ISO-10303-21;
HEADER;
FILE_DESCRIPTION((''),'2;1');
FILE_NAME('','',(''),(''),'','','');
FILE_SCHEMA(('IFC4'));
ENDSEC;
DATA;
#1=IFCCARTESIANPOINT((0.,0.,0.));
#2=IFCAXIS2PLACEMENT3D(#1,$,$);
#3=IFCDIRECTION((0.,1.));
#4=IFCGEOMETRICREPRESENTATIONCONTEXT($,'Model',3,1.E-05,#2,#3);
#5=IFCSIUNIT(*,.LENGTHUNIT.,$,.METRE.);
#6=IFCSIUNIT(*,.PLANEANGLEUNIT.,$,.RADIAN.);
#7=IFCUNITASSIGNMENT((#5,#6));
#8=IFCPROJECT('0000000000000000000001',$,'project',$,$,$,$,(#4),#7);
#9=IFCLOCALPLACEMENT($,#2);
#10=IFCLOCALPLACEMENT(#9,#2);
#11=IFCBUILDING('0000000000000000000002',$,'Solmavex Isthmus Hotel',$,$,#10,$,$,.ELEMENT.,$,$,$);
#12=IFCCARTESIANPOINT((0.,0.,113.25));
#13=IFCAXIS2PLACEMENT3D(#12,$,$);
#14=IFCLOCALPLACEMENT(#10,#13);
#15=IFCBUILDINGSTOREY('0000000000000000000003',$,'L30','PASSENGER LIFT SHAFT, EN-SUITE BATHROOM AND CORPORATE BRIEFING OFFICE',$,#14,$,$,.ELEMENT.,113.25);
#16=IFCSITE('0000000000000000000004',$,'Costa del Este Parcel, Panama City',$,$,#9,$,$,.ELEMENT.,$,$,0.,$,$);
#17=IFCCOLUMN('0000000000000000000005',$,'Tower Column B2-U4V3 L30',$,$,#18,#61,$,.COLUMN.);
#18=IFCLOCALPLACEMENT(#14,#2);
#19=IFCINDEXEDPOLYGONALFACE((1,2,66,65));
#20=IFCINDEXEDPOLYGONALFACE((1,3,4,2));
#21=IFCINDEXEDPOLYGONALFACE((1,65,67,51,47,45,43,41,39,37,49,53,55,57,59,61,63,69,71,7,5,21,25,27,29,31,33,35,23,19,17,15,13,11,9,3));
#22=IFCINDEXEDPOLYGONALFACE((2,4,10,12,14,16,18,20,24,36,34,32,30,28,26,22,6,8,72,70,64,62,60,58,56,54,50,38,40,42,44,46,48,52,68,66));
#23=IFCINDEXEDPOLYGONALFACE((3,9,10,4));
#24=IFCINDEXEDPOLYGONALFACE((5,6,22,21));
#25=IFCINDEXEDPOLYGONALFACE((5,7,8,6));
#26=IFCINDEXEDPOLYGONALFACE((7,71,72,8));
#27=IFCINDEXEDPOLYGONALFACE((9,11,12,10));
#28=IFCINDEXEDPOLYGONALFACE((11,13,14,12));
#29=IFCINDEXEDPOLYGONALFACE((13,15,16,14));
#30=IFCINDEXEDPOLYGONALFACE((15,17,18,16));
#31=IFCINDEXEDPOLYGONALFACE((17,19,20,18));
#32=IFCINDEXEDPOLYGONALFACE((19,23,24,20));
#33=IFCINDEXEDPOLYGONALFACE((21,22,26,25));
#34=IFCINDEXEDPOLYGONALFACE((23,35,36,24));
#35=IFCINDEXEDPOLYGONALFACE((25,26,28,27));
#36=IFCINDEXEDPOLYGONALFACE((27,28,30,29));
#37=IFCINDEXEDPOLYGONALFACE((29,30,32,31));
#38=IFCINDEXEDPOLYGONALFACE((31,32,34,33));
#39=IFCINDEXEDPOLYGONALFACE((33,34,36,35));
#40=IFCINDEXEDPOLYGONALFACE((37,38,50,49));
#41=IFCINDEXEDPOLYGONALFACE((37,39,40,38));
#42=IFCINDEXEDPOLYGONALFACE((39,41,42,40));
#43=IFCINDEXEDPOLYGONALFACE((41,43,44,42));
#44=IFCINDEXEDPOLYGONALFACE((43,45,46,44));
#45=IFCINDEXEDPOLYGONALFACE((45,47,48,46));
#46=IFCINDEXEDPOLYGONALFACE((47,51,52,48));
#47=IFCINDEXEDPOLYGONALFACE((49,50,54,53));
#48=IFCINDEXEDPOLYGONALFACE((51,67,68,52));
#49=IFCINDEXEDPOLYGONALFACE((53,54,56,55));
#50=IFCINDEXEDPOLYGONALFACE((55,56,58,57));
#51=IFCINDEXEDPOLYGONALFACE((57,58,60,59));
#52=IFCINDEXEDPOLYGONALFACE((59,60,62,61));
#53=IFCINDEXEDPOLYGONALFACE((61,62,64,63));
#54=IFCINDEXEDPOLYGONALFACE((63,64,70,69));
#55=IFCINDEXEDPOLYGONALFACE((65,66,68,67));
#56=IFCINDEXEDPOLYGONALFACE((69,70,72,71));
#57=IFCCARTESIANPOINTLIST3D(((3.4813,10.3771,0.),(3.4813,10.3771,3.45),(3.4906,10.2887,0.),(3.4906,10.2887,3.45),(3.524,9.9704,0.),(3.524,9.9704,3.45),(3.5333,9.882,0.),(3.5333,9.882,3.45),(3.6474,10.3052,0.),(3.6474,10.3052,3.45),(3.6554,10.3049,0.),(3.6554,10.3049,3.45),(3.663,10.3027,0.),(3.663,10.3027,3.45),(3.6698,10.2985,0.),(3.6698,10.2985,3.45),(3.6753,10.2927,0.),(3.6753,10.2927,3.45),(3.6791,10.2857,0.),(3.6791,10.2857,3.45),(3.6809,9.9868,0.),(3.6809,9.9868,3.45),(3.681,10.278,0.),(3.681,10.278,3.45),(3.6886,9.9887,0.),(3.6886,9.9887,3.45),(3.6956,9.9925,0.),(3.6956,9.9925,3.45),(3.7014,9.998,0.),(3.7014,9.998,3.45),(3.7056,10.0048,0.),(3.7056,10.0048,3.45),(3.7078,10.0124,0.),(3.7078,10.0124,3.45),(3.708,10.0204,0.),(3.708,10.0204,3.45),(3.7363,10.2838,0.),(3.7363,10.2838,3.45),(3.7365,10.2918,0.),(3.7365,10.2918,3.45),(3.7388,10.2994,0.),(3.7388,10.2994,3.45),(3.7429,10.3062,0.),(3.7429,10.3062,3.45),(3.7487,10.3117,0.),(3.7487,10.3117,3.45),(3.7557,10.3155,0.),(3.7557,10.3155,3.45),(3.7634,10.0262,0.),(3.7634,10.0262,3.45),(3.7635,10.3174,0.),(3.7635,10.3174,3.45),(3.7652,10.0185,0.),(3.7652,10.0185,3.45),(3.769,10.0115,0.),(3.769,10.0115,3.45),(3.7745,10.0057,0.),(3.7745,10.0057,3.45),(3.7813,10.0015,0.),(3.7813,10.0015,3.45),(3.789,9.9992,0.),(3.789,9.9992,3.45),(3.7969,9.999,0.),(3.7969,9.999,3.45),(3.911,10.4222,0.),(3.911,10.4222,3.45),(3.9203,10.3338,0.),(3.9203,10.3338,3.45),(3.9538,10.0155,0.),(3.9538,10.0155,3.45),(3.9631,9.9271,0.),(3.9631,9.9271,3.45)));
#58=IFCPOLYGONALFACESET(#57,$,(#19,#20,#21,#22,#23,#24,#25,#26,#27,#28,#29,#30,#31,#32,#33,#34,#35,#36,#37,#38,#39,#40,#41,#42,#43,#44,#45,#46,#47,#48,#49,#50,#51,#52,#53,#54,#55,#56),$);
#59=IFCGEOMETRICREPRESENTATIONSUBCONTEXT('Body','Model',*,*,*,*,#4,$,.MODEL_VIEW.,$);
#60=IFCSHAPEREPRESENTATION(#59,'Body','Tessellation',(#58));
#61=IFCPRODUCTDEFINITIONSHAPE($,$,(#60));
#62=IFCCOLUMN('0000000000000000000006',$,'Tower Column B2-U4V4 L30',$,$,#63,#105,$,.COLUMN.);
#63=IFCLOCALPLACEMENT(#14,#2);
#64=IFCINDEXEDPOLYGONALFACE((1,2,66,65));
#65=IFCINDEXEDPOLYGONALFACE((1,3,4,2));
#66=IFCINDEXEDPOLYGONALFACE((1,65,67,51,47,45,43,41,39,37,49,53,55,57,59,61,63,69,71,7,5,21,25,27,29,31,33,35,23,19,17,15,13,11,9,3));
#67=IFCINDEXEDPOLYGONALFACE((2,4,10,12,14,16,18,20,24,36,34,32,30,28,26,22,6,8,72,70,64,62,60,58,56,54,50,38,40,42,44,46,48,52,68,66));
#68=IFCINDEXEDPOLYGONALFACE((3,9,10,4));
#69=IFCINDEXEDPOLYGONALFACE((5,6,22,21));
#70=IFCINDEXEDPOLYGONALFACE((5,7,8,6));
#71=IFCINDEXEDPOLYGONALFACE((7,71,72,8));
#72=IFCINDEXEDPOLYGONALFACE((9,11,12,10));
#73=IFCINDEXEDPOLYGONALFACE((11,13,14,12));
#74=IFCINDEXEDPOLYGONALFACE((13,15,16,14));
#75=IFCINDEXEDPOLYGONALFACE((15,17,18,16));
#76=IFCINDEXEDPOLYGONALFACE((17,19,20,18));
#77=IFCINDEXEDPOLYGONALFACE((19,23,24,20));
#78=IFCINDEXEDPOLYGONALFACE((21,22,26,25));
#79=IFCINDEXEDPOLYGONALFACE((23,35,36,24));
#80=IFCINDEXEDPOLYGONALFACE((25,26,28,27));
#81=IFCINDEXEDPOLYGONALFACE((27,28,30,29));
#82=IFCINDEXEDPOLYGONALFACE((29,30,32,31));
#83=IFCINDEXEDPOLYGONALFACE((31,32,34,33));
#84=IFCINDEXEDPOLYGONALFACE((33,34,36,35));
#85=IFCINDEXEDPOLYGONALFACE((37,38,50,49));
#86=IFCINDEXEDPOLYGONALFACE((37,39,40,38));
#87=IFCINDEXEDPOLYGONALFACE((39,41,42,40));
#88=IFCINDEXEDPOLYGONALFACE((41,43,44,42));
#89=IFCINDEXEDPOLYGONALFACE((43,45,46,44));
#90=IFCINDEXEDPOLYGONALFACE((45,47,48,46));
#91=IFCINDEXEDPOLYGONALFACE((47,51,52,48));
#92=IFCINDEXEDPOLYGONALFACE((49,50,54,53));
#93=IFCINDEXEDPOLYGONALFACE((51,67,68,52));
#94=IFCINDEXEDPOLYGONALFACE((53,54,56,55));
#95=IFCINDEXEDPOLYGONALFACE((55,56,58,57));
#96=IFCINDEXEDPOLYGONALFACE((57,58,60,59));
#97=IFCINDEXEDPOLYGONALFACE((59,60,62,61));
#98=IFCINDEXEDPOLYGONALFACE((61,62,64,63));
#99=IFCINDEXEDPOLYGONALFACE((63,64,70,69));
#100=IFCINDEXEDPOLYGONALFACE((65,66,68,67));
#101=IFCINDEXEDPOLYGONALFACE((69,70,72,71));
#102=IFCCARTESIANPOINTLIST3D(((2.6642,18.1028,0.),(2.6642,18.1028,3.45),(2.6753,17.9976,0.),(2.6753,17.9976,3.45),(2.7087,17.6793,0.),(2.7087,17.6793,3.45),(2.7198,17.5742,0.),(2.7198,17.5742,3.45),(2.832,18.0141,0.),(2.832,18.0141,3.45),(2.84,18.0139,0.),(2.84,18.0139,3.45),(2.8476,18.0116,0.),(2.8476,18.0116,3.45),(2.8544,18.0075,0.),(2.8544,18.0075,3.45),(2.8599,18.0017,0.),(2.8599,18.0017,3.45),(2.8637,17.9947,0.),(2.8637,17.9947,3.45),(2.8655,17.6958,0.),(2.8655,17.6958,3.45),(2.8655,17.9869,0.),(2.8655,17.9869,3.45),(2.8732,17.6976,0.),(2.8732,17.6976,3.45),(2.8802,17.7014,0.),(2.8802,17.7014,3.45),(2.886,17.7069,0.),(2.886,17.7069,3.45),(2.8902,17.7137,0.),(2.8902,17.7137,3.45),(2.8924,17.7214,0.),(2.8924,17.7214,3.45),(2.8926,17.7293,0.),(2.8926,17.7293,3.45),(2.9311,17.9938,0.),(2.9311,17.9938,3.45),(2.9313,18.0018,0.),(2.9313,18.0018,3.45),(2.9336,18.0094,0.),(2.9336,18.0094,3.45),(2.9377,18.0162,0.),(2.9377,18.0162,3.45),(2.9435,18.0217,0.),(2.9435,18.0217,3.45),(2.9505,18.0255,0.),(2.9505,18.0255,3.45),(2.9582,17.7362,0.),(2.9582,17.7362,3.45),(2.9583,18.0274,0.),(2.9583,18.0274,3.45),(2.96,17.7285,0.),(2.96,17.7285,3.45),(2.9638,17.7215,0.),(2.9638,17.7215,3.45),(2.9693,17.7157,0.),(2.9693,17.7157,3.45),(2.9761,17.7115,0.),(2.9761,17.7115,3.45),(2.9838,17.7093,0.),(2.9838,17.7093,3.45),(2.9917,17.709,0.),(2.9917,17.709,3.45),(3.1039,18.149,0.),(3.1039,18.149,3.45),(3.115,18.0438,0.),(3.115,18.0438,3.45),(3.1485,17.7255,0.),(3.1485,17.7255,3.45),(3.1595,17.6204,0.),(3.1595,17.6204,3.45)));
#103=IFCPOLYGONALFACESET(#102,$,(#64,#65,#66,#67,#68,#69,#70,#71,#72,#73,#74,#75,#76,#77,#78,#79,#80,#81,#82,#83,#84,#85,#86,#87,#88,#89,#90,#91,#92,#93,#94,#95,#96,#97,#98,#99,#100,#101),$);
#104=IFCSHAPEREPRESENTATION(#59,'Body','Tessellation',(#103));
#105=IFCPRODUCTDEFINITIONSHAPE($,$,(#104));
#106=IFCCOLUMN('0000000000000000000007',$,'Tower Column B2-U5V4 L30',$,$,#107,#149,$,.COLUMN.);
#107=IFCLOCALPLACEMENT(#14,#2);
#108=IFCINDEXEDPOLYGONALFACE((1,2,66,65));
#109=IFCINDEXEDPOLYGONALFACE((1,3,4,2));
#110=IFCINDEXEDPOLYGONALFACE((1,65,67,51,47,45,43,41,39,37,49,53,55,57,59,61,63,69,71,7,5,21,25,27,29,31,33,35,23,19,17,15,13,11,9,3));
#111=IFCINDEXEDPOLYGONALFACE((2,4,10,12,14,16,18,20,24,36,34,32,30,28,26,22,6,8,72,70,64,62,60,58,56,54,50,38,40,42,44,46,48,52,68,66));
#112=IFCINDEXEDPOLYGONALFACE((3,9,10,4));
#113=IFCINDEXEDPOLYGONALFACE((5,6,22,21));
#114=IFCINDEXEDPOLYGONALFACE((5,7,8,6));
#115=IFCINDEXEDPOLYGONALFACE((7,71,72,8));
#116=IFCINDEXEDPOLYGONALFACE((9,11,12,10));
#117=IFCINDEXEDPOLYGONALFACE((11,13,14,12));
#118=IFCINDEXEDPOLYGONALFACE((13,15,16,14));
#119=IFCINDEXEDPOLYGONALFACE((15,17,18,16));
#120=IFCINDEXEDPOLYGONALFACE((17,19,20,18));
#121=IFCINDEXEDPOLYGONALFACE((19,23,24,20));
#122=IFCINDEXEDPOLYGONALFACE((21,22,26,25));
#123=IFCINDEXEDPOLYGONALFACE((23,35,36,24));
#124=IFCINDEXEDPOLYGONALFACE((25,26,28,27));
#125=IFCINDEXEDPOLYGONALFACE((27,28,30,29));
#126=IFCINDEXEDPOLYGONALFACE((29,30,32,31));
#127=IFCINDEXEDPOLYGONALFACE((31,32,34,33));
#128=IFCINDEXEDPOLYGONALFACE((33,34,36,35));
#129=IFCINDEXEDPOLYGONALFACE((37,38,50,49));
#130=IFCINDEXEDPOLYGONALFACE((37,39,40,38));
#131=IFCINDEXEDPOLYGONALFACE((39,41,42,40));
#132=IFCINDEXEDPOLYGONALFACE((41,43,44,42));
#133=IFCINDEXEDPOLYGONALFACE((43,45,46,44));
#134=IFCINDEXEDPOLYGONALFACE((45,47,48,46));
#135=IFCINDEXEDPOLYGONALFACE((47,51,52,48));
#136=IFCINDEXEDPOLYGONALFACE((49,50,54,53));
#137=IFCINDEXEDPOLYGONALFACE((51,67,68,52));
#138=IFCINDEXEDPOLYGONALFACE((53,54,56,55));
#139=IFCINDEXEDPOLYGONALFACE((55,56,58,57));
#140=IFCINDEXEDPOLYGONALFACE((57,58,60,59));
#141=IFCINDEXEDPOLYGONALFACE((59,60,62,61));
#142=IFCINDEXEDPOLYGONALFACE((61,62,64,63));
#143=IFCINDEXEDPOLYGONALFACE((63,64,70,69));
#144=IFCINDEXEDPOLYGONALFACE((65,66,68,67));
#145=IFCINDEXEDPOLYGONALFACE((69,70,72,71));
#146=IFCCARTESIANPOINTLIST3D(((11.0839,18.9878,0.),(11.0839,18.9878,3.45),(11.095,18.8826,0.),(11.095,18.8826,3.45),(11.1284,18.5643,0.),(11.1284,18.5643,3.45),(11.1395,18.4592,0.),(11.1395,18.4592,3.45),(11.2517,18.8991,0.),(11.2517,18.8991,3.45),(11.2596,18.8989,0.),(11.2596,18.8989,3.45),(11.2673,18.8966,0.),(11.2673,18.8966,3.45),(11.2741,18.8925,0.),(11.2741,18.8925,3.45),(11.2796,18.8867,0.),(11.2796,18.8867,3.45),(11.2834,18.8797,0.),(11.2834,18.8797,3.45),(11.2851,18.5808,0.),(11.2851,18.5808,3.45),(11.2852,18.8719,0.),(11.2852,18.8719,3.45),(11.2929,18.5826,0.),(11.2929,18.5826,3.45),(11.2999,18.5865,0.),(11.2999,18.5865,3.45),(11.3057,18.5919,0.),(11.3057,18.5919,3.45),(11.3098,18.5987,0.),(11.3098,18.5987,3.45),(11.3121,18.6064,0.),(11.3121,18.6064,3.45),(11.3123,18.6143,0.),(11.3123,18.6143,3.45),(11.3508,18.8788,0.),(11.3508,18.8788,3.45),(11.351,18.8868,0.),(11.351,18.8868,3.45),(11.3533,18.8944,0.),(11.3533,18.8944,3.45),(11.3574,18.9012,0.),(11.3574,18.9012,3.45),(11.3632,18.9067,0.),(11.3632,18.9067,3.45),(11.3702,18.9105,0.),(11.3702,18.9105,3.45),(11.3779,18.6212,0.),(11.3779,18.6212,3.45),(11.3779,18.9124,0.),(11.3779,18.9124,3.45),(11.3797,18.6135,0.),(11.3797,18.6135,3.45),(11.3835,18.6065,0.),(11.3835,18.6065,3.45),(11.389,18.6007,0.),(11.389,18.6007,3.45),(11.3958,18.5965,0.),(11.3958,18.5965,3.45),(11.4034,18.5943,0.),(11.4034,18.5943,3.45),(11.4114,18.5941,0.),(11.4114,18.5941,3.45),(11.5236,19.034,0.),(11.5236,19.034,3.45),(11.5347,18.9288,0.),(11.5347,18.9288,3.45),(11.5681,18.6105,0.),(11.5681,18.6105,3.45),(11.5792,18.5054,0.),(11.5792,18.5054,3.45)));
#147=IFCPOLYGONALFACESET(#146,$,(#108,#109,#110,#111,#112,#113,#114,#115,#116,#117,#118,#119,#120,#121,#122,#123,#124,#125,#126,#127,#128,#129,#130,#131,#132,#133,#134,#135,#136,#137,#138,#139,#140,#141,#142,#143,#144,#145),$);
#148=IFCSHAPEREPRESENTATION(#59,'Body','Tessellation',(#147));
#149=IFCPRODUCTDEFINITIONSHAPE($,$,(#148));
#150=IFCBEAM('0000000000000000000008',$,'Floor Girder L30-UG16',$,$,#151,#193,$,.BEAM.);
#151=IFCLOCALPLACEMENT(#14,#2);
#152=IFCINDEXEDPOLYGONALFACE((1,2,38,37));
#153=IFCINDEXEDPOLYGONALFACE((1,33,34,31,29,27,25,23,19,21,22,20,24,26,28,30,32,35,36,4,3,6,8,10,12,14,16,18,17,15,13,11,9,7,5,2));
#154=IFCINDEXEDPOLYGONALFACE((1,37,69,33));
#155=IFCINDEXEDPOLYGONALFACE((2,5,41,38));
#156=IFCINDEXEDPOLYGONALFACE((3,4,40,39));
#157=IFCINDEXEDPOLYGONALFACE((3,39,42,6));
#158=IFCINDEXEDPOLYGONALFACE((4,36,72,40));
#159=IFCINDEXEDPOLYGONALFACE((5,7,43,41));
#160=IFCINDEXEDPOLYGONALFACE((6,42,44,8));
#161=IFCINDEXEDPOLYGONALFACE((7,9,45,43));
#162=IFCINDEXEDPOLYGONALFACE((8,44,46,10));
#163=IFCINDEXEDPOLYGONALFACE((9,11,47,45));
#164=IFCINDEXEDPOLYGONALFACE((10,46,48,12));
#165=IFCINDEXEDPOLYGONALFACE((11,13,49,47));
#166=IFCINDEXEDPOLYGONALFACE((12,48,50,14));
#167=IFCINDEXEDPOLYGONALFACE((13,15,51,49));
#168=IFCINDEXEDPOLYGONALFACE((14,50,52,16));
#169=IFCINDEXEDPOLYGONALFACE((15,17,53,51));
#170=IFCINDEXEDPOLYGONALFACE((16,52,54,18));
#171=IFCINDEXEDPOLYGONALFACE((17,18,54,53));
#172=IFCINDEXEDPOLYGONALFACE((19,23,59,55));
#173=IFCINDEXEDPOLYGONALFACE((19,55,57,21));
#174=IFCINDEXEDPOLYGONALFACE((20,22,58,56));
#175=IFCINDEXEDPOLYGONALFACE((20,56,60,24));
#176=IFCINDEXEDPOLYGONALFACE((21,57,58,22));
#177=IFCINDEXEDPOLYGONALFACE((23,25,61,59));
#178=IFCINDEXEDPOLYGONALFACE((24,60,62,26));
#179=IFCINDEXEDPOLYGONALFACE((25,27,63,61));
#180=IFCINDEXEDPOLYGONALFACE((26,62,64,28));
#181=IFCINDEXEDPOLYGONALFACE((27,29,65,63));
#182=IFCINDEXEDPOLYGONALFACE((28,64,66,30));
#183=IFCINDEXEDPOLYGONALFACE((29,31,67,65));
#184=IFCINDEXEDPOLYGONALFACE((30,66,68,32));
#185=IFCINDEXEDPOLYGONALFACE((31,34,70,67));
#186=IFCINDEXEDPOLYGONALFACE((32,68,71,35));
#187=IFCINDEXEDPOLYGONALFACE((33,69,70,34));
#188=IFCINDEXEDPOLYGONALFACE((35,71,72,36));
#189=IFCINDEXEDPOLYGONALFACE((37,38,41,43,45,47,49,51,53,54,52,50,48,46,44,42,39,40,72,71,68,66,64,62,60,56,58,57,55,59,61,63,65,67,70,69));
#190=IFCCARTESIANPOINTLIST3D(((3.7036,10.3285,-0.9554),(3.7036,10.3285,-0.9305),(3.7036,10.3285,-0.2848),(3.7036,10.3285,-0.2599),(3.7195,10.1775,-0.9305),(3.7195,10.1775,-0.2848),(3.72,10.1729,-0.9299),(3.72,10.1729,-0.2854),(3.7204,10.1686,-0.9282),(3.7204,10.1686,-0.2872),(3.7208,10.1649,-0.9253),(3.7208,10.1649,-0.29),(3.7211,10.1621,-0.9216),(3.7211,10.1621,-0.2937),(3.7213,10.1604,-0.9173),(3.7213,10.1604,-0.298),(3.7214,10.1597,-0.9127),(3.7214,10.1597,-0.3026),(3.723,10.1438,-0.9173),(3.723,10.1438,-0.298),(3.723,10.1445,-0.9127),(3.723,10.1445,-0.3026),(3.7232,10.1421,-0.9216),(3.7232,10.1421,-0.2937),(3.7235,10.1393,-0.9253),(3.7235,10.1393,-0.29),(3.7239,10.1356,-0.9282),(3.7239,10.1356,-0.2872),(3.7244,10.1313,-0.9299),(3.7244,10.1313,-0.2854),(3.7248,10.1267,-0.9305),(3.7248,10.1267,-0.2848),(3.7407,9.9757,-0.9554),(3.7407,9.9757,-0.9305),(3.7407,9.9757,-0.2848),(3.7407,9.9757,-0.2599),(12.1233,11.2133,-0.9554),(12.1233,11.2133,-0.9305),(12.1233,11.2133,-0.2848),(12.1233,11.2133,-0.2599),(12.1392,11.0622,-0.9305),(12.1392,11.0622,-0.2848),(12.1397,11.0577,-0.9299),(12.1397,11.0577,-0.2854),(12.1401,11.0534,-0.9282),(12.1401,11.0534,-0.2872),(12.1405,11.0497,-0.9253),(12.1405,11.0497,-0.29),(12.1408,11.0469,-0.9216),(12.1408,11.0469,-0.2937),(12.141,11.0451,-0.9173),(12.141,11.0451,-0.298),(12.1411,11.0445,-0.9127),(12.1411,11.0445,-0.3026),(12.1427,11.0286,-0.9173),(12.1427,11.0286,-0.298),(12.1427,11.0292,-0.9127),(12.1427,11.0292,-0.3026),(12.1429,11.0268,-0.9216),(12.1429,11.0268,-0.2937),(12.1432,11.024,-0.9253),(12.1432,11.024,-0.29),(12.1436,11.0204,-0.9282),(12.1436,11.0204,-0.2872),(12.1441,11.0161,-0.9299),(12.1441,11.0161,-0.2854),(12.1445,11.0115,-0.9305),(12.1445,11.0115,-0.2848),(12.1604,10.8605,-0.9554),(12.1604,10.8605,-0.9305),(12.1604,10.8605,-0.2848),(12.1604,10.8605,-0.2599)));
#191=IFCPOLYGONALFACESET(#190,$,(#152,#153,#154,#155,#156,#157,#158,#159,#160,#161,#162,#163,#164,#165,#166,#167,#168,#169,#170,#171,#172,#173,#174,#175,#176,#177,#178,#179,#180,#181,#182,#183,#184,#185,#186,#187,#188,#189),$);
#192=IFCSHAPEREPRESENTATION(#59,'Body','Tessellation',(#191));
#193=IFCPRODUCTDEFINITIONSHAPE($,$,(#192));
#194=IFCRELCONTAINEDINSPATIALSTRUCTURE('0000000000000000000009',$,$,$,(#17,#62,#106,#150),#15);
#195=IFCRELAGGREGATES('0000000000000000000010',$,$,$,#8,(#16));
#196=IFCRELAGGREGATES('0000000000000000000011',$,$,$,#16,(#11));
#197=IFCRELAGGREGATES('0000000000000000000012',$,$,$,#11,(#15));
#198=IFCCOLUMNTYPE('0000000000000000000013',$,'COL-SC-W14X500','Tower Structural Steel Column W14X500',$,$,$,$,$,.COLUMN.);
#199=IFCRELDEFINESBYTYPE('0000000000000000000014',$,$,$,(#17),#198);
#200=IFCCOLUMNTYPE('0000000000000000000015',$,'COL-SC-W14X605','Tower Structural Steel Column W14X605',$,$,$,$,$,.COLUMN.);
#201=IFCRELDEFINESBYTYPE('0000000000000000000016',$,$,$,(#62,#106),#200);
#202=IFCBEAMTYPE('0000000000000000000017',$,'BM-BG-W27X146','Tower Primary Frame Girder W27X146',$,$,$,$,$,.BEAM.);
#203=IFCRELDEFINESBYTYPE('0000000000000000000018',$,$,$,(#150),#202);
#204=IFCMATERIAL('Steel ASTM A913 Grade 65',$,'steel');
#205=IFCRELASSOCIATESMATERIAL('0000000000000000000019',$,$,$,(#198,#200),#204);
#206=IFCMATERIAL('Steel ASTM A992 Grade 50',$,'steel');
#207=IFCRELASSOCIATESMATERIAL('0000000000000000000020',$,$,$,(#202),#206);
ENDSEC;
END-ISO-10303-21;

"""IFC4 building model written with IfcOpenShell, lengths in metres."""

from ifc_helpers import new_model, si_unit, direction, frame, origin, origin_2d, place, context, subcontext, project, spatial, i_section, extrude, material, material_profile, profile_set, type_object, element, save


model = new_model("IFC4")

# Units and contexts
model_context = context("Model", 3, precision=1e-05, world=origin(), true_north=direction((0.0, 1.0)))
body_context = subcontext(model_context, "Body", "Model", "MODEL_VIEW")
ifc_project = project(units=[si_unit("LENGTHUNIT", "METRE"), si_unit("PLANEANGLEUNIT", "RADIAN")], contexts=[model_context])

# Site, building, storey
site_placement = place(None, origin())
site = spatial("IfcSite", under=ifc_project, at=site_placement, Name="Costa del Este Parcel, Panama City", CompositionType="ELEMENT", RefElevation=0.0)
building_placement = place(site_placement, origin())
building = spatial("IfcBuilding", under=site, at=building_placement, Name="Solmavex Isthmus Hotel", CompositionType="ELEMENT")
storey_placement = place(building_placement, frame((0.0, 0.0, 113.25)))
storey = spatial("IfcBuildingStorey", under=building, at=storey_placement, Name="L30", Description="PASSENGER LIFT SHAFT, EN-SUITE BATHROOM AND CORPORATE BRIEFING OFFICE", CompositionType="ELEMENT", Elevation=113.25)

# Columns
ifc_material_1 = material(Name="Steel ASTM A913 Grade 65", Category="steel")
ifc_material_profile_1 = material_profile(ifc_material_1, i_section(OverallWidth=0.4321, OverallDepth=0.4978, WebThickness=0.0557, FlangeThickness=0.0889, FilletRadius=0.0305, at=origin_2d()), Name="W14X500")
ifc_profile_set_1 = profile_set([ifc_material_profile_1], Name="Steel ASTM A913 Grade 65")
column_type_1 = type_object("IfcColumnType", Name="COL-SC-W14X500", Description="Tower Structural Steel Column W14X500", PredefinedType="COLUMN", material=ifc_profile_set_1)
column_placement = place(storey_placement, frame((3.7222, 10.1521, 0.0), z_axis=(0.0, 0.0, 1.0), x_axis=(0.994522, 0.104528, 0.0)))
element("IfcColumn", 1, at=column_placement, inside=storey, type_object=column_type_1, Name="Tower Column B2-U4V3 L30", PredefinedType="COLUMN", context=body_context, shape_type="SweptSolid", body=[
    extrude(i_section(OverallWidth=0.4321, OverallDepth=0.4978, WebThickness=0.0557, FlangeThickness=0.0889, FilletRadius=0.0305, at=origin_2d()), origin(), (0.0, 0.0, 1.0), 3.45),
])
ifc_material_profile_2 = material_profile(ifc_material_1, i_section(OverallWidth=0.4421, OverallDepth=0.5315, WebThickness=0.0659, FlangeThickness=0.1057, FilletRadius=0.0305, at=origin_2d()), Name="W14X605")
ifc_profile_set_2 = profile_set([ifc_material_profile_2], Name="Steel ASTM A913 Grade 65")
column_type_2 = type_object("IfcColumnType", Name="COL-SC-W14X605", Description="Tower Structural Steel Column W14X605", PredefinedType="COLUMN", material=ifc_profile_set_2)
for number, where, z_axis, x_axis, name in (
    (2, (2.9119, 17.8616, 0.0), (0.0, 0.0, 1.0), (0.994522, 0.104528, 0.0), "Tower Column B2-U4V4 L30"),
    (3, (11.3315, 18.7466, 0.0), (0.0, 0.0, 1.0), (0.994522, 0.104528, 0.0), "Tower Column B2-U5V4 L30"),
):
    element("IfcColumn", number, at=place(storey_placement, frame(where, z_axis=z_axis, x_axis=x_axis)), inside=storey, type_object=column_type_2, Name=name, PredefinedType="COLUMN", context=body_context, shape_type="SweptSolid", body=[
        extrude(i_section(OverallWidth=0.4421, OverallDepth=0.5315, WebThickness=0.0659, FlangeThickness=0.1057, FilletRadius=0.0305, at=origin_2d()), origin(), (0.0, 0.0, 1.0), 3.45),
    ])

# Beam
ifc_material_2 = material(Name="Steel ASTM A992 Grade 50", Category="steel")
ifc_material_profile_3 = material_profile(ifc_material_2, i_section(OverallWidth=0.3547, OverallDepth=0.6956, WebThickness=0.0154, FlangeThickness=0.0249, FilletRadius=0.0178, at=origin_2d()), Name="W27X146")
ifc_profile_set_3 = profile_set([ifc_material_profile_3], Name="Steel ASTM A992 Grade 50")
beam_type_1 = type_object("IfcBeamType", Name="BM-BG-W27X146", Description="Tower Primary Frame Girder W27X146", PredefinedType="BEAM", material=ifc_profile_set_3)
beam_1_placement = place(storey_placement, frame((3.7222, 10.1521, -0.6077), z_axis=(0.994524, 0.104508, 0.0), x_axis=(-0.104508, 0.994524, 0.0)))
element("IfcBeam", 4, at=beam_1_placement, inside=storey, type_object=beam_type_1, Name="Floor Girder L30-UG16", PredefinedType="BEAM", context=body_context, shape_type="SweptSolid", body=[
    extrude(i_section(OverallWidth=0.3547, OverallDepth=0.6956, WebThickness=0.0154, FlangeThickness=0.0249, FilletRadius=0.0178, at=origin_2d()), origin(), (0.0, 0.0, 1.0), 8.4661),
])

save(model, "model.ifc")
